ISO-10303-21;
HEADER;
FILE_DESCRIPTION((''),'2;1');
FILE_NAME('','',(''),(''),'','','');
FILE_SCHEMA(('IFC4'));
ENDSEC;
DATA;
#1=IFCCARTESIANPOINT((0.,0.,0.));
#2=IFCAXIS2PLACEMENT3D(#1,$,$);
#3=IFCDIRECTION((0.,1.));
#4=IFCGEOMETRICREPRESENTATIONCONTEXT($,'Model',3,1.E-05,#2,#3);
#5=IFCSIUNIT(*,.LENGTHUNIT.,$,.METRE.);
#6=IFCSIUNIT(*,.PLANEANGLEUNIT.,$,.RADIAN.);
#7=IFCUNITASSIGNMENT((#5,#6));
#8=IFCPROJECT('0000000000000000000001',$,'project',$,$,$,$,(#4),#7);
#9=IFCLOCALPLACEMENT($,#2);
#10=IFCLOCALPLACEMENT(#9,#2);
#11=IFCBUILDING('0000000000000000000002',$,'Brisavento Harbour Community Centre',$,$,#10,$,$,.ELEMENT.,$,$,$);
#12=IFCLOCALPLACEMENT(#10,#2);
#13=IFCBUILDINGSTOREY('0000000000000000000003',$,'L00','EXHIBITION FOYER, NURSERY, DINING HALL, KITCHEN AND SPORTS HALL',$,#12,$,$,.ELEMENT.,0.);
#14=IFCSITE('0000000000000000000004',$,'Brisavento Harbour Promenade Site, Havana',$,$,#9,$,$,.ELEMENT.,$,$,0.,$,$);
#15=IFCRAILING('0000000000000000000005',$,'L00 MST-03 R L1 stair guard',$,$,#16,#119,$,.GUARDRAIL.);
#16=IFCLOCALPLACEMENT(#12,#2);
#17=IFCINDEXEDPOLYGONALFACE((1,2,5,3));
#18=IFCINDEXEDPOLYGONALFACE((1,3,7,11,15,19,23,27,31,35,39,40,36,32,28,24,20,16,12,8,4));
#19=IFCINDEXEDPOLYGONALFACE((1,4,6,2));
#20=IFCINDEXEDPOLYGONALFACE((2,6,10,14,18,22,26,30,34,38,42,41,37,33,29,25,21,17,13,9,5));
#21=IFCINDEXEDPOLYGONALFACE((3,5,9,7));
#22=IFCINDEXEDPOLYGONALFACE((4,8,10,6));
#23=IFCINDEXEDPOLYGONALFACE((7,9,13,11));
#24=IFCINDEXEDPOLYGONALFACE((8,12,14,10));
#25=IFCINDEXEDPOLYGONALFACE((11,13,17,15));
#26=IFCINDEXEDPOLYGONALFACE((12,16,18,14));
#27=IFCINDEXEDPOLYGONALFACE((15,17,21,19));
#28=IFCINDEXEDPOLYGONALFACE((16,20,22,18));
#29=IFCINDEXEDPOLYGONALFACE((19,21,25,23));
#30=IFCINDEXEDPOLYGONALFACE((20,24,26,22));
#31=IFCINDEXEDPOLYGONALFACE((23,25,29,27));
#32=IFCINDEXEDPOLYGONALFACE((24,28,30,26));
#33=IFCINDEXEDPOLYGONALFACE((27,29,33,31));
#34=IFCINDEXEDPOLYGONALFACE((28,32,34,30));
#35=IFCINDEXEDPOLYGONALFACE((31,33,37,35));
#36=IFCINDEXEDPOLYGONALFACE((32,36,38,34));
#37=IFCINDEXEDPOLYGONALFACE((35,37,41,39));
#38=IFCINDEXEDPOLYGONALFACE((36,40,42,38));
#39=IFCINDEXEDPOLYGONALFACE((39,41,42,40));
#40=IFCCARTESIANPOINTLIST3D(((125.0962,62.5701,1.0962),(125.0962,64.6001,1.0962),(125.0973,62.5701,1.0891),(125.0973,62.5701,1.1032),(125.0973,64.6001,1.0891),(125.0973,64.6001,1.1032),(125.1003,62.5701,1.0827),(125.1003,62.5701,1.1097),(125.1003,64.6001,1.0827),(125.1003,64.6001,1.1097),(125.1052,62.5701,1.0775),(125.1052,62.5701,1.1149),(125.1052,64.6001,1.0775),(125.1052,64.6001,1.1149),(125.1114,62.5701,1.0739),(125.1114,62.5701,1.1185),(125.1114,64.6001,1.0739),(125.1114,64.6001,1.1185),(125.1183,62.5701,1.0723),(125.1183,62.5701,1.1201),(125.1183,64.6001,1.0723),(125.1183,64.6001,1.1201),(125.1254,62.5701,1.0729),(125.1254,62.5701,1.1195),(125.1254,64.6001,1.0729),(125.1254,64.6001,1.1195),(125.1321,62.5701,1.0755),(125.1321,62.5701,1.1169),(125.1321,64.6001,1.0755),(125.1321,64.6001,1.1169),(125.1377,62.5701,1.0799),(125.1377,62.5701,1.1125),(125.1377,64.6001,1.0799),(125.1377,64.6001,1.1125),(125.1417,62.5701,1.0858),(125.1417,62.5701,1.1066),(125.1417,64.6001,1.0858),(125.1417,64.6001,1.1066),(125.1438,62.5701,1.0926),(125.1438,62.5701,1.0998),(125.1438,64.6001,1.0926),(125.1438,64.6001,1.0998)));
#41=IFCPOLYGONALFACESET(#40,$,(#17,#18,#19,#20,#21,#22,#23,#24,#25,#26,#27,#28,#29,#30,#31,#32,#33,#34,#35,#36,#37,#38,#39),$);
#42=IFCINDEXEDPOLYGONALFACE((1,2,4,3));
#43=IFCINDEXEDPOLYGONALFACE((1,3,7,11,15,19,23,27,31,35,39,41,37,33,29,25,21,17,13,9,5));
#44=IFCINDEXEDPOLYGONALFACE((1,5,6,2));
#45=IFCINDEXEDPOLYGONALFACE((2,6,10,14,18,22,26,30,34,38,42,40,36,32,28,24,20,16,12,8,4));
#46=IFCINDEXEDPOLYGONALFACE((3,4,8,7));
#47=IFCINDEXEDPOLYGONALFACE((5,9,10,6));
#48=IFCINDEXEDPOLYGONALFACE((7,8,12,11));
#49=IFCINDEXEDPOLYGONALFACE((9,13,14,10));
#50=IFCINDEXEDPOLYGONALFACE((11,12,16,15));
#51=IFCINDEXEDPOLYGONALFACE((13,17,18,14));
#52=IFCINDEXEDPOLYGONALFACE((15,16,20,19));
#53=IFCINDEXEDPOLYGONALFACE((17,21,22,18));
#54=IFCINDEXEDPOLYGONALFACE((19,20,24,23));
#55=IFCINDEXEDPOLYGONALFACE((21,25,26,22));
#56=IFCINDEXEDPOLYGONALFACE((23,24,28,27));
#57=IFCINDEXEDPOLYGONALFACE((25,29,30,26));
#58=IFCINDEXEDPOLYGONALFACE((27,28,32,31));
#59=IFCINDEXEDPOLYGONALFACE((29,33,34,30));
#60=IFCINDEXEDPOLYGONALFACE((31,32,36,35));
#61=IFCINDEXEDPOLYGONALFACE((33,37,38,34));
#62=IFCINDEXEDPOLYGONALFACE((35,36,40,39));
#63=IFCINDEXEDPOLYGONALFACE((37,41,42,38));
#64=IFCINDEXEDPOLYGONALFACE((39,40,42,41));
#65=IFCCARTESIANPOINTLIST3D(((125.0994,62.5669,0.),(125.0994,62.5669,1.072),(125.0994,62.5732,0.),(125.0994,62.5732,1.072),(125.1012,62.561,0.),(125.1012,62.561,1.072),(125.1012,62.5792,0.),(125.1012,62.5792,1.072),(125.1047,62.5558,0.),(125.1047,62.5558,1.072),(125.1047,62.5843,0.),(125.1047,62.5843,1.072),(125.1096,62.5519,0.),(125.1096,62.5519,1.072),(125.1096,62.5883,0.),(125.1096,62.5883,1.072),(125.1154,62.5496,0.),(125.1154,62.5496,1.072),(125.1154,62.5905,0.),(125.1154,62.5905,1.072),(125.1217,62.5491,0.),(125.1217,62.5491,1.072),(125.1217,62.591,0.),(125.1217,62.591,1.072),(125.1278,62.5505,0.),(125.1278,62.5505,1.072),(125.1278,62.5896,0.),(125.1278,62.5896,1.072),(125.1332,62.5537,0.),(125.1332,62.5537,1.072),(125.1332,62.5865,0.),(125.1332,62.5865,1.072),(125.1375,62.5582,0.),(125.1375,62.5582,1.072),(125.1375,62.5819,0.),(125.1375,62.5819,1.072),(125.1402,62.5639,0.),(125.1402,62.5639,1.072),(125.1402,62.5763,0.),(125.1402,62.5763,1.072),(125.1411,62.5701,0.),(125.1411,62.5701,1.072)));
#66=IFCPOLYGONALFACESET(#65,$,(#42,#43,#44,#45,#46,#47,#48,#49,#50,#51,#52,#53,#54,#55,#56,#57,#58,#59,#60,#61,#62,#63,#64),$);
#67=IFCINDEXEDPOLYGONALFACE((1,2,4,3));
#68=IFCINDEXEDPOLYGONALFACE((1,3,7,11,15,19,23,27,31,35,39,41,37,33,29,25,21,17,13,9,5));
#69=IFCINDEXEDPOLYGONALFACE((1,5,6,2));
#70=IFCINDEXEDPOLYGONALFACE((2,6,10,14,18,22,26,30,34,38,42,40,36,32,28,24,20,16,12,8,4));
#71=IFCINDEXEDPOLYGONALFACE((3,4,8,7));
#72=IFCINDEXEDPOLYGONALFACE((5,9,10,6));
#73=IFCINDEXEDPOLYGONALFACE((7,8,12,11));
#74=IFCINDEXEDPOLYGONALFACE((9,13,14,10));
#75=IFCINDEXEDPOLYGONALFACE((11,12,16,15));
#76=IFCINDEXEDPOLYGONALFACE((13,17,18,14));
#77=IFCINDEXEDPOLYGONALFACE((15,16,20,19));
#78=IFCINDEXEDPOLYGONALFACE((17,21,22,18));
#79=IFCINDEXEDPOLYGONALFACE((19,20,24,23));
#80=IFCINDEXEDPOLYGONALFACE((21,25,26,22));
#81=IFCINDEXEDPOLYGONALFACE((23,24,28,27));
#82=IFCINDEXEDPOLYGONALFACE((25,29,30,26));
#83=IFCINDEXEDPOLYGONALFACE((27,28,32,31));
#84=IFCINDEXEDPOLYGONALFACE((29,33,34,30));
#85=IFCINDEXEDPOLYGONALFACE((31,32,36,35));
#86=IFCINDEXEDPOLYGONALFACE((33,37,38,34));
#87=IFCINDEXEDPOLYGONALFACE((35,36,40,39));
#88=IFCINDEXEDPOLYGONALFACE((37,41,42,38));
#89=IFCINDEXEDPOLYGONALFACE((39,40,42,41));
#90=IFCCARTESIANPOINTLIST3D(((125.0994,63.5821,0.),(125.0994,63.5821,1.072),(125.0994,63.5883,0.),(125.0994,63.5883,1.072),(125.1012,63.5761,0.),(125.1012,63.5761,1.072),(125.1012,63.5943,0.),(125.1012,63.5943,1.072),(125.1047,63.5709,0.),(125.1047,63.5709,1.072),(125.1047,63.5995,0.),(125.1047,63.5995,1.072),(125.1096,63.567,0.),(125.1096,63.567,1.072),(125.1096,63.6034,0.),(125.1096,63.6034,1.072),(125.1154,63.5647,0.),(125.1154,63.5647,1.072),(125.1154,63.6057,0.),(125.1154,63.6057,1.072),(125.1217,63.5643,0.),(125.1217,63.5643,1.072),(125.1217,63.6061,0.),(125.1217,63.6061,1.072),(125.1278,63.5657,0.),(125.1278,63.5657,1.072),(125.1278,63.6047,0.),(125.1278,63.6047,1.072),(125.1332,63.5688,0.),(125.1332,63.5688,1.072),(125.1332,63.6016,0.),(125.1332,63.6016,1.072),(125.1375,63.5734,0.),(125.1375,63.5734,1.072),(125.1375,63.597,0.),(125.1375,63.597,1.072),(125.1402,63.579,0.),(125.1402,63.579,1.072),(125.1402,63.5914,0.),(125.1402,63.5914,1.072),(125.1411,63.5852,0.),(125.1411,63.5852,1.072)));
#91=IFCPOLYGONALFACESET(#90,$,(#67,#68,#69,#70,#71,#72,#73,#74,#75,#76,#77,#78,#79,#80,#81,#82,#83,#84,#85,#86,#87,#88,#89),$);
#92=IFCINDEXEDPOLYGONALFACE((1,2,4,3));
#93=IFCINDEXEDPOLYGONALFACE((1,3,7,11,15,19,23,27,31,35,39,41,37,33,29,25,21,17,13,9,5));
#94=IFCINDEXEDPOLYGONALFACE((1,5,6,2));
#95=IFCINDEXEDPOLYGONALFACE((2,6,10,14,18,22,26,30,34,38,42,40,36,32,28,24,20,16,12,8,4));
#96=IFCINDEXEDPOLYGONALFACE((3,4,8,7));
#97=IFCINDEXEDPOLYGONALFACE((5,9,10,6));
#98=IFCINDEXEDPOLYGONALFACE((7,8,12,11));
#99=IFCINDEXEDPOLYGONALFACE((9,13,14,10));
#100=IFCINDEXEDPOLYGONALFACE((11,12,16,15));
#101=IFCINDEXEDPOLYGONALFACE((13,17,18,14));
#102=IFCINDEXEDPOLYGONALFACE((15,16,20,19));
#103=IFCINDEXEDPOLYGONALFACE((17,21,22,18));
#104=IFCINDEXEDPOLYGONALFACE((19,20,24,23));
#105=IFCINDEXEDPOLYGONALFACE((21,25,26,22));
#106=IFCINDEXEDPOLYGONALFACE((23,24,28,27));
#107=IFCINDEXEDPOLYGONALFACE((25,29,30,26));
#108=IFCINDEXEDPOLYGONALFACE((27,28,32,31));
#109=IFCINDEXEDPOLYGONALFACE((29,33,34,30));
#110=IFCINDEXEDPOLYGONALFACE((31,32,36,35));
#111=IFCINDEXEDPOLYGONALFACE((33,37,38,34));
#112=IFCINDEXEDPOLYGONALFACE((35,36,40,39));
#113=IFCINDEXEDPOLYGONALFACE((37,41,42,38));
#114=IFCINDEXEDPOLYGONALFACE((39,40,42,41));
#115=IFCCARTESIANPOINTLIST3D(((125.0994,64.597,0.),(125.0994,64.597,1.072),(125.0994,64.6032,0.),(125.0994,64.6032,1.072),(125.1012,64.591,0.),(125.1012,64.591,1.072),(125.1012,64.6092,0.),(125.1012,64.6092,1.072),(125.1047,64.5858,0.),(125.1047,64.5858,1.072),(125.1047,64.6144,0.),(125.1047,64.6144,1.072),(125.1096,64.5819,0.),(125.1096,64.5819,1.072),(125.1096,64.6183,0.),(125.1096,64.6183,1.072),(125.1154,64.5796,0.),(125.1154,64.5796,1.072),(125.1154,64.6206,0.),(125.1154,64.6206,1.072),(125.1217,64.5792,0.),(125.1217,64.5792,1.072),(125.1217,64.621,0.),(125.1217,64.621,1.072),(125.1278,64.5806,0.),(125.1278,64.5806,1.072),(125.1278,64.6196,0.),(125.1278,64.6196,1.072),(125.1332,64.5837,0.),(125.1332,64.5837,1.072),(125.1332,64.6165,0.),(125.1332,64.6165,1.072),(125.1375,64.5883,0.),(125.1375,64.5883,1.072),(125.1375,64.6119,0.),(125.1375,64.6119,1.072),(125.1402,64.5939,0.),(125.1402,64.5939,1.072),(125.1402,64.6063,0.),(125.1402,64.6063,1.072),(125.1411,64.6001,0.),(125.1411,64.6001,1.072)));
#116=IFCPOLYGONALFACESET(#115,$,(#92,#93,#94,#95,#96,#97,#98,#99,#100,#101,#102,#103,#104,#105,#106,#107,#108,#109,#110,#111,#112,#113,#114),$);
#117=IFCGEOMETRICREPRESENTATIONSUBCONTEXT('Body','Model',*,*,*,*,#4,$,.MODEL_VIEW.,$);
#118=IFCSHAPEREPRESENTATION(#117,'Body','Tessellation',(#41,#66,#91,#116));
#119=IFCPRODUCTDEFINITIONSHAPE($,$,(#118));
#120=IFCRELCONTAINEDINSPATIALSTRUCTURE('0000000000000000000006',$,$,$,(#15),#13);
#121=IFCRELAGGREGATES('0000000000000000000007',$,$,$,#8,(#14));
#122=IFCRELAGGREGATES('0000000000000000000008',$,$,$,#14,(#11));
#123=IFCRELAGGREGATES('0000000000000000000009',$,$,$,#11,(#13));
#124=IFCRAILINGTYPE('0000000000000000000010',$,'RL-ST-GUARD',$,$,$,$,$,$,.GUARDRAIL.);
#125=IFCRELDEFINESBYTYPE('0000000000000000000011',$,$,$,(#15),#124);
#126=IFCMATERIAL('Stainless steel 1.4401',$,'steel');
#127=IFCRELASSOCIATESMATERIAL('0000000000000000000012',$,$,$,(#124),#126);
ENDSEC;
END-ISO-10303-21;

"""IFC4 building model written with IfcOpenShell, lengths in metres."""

from ifc_helpers import new_model, si_unit, direction, frame, origin, origin_2d, place, context, subcontext, project, spatial, circle, extrude, material, type_object, element, save


model = new_model("IFC4")

# Units and contexts
model_context = context("Model", 3, precision=1e-05, world=origin(), true_north=direction((0.0, 1.0)))
body_context = subcontext(model_context, "Body", "Model", "MODEL_VIEW")
ifc_project = project(units=[si_unit("LENGTHUNIT", "METRE"), si_unit("PLANEANGLEUNIT", "RADIAN")], contexts=[model_context])

# Site, building, storey
site_placement = place(None, origin())
site = spatial("IfcSite", under=ifc_project, at=site_placement, Name="Brisavento Harbour Promenade Site, Havana", CompositionType="ELEMENT", RefElevation=0.0)
building_placement = place(site_placement, origin())
building = spatial("IfcBuilding", under=site, at=building_placement, Name="Brisavento Harbour Community Centre", CompositionType="ELEMENT")
storey_placement = place(building_placement, origin())
storey = spatial("IfcBuildingStorey", under=building, at=storey_placement, Name="L00", Description="EXHIBITION FOYER, NURSERY, DINING HALL, KITCHEN AND SPORTS HALL", CompositionType="ELEMENT", Elevation=0.0)

# Railing
ifc_material_1 = material(Name="Stainless steel 1.4401", Category="steel")
railing_type = type_object("IfcRailingType", Name="RL-ST-GUARD", PredefinedType="GUARDRAIL", material=ifc_material_1)
railing_1_placement = place(storey_placement, frame((125.1201, 62.5701, 0.0)))
element("IfcRailing", 1, at=railing_1_placement, inside=storey, type_object=railing_type, Name="L00 MST-03 R L1 stair guard", PredefinedType="GUARDRAIL", context=body_context, shape_type="SweptSolid", body=[
    extrude(circle(Radius=0.0239, at=origin_2d()), frame((0.0, 0.0, 1.0962), z_axis=(0.0, 1.0, 0.0), x_axis=(-1.0, 0.0, 0.0)), (0.0, 0.0, 1.0), 2.03),
    extrude(circle(Radius=0.021, at=origin_2d()), origin(), (0.0, 0.0, 1.0), 1.072),
    extrude(circle(Radius=0.021, at=origin_2d()), frame((0.0, 1.0151, 0.0)), (0.0, 0.0, 1.0), 1.072),
    extrude(circle(Radius=0.021, at=origin_2d()), frame((0.0, 2.03, 0.0)), (0.0, 0.0, 1.0), 1.072),
])

save(model, "model.ifc")
